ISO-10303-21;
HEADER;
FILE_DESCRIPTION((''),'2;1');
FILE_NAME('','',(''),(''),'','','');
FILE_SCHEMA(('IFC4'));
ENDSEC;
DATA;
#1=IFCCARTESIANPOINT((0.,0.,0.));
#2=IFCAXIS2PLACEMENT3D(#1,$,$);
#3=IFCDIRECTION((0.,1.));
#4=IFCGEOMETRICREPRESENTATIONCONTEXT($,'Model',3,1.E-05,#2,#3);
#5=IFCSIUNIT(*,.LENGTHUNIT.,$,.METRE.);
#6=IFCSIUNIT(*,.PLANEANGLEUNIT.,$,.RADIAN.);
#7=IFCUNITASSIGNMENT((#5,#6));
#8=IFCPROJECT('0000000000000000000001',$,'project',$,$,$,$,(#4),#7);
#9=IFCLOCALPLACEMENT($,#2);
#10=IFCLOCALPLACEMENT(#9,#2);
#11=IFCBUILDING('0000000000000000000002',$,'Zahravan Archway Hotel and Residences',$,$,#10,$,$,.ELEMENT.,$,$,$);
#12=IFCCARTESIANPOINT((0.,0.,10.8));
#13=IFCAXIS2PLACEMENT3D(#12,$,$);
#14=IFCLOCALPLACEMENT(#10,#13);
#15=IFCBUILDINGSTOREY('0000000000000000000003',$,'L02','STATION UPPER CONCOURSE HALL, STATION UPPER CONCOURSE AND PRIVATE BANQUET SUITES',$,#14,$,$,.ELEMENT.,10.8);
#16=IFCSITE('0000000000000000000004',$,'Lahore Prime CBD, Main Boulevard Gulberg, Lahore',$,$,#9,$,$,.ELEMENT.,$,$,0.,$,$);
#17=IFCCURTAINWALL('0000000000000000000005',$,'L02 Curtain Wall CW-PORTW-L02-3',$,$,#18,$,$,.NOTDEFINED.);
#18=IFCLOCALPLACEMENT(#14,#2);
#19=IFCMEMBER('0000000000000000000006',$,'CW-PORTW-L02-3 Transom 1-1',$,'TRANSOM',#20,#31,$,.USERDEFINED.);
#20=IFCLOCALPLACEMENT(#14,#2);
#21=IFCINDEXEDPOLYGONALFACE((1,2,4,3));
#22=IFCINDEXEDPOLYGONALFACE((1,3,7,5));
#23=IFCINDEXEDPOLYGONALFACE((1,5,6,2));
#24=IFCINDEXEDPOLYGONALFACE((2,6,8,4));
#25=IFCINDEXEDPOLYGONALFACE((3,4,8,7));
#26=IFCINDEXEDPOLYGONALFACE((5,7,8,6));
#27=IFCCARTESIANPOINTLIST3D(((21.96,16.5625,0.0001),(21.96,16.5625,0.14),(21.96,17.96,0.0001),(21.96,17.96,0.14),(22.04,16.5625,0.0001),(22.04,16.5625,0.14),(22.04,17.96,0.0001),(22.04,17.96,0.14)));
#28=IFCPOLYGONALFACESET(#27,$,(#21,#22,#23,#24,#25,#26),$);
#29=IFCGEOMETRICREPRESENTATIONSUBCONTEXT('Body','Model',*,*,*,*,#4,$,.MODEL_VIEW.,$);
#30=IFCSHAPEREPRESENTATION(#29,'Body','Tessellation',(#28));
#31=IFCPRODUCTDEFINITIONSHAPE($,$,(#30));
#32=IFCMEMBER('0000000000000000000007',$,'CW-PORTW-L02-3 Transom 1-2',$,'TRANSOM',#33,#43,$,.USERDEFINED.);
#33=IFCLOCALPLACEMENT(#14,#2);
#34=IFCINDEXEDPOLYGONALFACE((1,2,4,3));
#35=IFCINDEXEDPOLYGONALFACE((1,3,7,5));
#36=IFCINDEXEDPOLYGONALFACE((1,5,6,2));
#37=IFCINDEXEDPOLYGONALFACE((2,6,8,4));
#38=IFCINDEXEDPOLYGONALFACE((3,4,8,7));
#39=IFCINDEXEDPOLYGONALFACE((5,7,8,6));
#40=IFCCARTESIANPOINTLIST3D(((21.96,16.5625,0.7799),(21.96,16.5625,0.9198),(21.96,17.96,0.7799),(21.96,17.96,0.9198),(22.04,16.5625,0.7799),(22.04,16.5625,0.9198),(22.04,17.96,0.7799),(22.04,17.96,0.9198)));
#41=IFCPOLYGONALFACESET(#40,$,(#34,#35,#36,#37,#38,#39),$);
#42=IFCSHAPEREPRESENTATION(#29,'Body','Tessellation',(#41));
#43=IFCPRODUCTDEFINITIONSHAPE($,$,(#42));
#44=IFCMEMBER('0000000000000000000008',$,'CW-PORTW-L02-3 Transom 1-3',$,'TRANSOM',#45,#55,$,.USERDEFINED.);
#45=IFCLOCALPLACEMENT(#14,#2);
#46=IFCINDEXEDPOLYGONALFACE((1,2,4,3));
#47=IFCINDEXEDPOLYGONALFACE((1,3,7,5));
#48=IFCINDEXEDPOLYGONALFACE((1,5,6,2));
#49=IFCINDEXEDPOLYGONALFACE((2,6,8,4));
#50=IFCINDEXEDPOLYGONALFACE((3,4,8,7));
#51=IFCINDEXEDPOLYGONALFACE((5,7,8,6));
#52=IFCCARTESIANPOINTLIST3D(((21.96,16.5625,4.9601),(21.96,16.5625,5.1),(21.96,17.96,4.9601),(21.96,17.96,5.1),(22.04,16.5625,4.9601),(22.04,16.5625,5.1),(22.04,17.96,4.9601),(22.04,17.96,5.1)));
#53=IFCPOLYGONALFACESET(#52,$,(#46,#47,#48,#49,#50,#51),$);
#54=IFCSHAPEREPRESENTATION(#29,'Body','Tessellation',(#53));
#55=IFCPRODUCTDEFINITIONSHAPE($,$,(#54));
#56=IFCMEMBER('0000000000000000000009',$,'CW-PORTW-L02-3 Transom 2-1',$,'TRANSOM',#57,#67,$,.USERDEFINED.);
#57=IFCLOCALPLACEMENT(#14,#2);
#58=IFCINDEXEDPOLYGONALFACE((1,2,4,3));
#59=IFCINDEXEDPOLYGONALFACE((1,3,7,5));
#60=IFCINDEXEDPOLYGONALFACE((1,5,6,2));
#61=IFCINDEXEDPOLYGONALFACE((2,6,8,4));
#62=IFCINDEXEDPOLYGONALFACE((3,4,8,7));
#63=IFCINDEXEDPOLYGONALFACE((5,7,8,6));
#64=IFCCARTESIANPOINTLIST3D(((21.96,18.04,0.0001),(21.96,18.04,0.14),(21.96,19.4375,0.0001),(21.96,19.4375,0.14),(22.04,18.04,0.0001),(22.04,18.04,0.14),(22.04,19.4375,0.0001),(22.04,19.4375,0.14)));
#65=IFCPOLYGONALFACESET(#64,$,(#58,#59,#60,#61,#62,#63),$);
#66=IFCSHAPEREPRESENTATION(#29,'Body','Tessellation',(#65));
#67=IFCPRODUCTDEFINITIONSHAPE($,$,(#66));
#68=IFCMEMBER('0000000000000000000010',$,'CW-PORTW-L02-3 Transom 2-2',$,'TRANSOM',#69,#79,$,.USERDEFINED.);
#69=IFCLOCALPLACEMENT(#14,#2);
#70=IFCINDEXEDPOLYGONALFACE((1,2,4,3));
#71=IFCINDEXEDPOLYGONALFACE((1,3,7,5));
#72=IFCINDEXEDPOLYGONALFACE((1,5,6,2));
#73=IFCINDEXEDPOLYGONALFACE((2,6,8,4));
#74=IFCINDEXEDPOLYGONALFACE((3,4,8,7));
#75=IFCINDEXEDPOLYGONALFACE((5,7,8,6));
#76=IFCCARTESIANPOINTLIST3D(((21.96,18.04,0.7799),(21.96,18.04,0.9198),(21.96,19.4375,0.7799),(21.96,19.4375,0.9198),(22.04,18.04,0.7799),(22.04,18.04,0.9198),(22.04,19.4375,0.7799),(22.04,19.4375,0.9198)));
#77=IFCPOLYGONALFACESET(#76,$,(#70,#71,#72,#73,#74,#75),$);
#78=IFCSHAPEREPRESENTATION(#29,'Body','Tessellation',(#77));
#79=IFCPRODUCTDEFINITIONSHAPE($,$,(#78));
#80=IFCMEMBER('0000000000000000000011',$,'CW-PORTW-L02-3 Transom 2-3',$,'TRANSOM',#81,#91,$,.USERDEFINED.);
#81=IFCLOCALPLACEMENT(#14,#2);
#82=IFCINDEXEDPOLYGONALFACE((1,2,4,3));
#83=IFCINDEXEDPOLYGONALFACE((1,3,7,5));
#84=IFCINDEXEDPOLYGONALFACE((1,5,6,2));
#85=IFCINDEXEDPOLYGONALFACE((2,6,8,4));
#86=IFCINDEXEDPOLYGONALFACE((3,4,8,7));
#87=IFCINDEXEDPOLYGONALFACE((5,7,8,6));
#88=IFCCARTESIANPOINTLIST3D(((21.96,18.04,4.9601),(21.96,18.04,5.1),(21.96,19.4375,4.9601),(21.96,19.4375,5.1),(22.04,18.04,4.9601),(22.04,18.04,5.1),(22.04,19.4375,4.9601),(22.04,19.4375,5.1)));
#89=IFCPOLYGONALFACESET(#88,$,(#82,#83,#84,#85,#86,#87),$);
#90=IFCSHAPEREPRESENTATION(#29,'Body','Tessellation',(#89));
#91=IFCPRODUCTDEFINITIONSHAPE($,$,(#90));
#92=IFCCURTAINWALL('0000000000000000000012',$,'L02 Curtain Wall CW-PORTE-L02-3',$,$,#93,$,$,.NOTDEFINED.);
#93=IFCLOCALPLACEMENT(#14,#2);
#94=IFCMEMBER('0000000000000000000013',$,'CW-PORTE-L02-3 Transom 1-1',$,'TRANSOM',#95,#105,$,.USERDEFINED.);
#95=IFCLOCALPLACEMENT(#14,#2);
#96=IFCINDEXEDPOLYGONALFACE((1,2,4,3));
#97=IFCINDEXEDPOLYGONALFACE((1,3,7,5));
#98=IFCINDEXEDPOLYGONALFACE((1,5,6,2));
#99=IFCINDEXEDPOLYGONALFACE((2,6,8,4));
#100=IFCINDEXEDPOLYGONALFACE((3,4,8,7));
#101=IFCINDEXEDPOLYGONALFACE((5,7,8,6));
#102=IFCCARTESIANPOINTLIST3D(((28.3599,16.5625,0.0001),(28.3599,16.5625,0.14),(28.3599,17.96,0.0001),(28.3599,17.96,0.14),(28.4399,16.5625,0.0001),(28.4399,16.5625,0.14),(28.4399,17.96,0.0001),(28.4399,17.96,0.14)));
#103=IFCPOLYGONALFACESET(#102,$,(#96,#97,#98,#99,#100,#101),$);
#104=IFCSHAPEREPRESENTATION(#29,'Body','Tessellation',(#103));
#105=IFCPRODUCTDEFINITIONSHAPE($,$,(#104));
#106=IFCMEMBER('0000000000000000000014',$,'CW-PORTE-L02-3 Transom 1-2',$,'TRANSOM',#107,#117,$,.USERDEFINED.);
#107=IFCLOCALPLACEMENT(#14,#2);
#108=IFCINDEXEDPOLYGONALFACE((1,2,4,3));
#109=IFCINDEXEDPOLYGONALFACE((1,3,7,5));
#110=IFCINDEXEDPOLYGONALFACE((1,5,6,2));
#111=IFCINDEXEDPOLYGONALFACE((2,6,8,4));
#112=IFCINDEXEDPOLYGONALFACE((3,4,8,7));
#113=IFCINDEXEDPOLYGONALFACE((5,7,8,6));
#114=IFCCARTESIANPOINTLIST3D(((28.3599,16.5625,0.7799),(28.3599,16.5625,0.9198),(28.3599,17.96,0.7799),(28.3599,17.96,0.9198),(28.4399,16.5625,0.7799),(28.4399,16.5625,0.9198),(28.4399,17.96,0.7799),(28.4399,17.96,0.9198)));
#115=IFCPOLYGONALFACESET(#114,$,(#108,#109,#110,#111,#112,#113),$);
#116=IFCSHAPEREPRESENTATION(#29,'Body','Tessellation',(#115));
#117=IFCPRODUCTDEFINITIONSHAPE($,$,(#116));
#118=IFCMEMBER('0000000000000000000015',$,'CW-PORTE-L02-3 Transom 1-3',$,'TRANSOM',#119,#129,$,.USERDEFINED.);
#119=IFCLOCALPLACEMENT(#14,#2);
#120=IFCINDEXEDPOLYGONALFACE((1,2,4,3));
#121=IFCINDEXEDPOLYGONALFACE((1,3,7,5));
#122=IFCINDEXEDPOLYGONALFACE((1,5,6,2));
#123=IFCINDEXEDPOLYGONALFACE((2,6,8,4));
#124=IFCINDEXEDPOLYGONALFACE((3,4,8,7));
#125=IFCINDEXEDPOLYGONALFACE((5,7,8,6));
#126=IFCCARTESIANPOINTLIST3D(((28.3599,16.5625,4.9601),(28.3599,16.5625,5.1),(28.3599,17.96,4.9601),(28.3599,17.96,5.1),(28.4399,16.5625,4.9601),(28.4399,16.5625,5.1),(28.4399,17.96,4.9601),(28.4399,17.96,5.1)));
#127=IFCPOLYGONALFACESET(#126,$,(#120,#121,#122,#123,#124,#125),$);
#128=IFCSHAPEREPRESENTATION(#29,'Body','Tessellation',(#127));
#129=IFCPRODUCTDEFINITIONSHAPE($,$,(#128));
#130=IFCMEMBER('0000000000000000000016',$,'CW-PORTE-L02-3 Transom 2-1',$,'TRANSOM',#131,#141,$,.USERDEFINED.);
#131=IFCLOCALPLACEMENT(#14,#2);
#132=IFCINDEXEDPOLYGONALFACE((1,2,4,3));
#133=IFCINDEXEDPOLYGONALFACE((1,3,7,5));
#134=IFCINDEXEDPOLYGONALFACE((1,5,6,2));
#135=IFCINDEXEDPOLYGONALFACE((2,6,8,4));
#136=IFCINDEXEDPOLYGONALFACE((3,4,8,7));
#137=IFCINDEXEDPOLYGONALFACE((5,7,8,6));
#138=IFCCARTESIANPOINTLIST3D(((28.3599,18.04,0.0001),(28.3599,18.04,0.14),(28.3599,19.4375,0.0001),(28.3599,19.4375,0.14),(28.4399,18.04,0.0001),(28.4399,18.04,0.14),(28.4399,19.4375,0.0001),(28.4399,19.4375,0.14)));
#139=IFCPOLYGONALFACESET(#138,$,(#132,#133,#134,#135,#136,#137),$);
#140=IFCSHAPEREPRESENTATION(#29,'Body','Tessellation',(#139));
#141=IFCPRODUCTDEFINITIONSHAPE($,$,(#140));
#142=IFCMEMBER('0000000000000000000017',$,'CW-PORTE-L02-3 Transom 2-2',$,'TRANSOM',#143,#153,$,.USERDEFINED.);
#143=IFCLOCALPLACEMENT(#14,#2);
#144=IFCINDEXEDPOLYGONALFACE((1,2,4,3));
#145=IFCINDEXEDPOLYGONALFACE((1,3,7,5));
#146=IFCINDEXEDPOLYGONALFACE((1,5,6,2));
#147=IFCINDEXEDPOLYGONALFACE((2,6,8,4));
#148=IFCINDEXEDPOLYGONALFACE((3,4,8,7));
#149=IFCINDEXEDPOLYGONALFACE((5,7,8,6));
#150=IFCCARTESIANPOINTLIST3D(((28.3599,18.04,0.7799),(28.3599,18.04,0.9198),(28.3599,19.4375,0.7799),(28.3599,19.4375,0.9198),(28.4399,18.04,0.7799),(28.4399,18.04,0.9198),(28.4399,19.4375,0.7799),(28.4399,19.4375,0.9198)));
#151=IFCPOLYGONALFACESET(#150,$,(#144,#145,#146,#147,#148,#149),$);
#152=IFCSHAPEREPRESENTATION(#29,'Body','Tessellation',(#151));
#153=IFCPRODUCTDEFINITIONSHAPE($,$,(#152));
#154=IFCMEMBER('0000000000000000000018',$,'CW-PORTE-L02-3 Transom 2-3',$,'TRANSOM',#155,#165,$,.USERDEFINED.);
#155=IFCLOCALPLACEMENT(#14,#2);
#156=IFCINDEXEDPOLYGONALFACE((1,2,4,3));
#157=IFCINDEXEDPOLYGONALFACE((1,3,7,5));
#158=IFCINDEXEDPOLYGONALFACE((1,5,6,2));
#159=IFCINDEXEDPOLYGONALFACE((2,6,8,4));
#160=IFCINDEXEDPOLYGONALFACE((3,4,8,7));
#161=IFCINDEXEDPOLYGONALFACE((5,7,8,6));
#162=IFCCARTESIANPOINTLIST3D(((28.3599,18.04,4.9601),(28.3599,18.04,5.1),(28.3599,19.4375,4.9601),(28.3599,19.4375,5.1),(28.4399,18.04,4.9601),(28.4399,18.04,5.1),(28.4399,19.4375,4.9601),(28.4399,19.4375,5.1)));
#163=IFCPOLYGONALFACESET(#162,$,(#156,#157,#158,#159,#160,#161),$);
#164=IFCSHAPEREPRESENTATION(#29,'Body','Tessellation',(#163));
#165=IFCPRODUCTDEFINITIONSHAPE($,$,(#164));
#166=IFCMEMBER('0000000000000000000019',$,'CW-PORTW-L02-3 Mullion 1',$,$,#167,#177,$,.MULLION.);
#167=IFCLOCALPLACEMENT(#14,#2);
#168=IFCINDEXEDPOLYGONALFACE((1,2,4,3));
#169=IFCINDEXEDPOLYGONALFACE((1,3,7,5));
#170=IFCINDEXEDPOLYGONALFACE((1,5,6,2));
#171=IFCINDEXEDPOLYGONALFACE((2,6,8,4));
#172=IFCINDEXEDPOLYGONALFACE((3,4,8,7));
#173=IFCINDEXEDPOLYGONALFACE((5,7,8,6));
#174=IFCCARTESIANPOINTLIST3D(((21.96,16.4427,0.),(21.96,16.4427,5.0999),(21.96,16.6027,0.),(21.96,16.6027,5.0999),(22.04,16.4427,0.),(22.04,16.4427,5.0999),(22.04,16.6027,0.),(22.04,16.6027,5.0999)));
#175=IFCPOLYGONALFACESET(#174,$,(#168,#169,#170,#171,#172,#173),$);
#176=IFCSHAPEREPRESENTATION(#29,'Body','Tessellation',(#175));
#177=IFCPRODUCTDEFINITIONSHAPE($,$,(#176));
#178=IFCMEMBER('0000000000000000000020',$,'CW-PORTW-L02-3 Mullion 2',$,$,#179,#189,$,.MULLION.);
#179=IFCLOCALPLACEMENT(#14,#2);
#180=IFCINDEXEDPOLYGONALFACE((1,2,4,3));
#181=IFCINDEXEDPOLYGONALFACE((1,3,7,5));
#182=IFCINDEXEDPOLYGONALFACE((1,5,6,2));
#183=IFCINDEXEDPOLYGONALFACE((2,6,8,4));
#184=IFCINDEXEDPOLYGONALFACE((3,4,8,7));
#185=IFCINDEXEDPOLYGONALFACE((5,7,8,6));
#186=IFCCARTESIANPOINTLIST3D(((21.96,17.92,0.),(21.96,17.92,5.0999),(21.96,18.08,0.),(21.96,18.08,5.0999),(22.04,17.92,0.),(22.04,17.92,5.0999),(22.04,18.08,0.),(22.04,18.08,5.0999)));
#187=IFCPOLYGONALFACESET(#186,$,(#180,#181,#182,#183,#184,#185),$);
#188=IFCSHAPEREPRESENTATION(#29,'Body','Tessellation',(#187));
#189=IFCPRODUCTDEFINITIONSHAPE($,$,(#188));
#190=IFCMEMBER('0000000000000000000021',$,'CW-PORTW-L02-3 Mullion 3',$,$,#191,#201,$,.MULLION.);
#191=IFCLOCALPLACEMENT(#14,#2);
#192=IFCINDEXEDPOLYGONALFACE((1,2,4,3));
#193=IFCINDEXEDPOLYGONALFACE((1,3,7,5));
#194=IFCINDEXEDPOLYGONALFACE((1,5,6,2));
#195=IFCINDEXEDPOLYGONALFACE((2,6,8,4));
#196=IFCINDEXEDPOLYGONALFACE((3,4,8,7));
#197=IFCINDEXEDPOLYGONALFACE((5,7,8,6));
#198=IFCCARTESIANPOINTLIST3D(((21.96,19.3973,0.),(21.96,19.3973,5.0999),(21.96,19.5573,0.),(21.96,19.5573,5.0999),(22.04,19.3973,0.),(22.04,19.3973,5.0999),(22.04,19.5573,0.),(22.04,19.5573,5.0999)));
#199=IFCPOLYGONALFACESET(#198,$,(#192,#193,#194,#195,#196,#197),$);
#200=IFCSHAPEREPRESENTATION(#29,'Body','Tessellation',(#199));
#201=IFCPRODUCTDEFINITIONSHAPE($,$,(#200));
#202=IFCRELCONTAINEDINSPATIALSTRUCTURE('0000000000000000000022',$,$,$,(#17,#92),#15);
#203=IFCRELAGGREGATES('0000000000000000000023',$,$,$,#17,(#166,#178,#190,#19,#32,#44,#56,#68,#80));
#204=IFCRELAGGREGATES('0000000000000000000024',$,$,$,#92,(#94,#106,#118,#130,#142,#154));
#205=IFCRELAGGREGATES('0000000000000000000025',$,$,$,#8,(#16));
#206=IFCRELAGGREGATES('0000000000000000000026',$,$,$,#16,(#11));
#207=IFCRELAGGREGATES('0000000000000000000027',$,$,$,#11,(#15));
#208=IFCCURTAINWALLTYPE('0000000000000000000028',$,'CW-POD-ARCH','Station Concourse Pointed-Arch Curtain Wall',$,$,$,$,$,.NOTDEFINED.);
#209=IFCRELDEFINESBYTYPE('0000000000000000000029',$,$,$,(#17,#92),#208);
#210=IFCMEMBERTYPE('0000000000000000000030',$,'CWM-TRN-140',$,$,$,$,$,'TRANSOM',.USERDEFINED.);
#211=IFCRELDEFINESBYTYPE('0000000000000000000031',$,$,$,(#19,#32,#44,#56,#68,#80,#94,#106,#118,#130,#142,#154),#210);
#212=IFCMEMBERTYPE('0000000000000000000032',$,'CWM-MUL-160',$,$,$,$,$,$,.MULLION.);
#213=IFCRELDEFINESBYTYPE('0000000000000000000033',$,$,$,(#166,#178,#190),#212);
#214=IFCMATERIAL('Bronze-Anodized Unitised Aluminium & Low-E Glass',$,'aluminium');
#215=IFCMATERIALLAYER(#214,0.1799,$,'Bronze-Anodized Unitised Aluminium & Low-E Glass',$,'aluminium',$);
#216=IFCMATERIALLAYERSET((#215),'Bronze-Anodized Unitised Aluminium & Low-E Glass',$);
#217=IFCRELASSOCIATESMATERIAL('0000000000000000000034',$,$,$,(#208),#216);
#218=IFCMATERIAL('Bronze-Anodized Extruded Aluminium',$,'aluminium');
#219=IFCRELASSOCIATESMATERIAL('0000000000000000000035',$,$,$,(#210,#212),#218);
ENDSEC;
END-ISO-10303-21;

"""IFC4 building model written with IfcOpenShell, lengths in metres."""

from ifc_helpers import new_model, si_unit, direction, frame, origin, origin_2d, place, context, subcontext, project, spatial, rectangle, extrude, source, transform, mapped, material, layer, layer_set, material_profile, profile_set, type_object, element, aggregate, save


model = new_model("IFC4")

# Units and contexts
model_context = context("Model", 3, precision=1e-05, world=origin(), true_north=direction((0.0, 1.0)))
body_context = subcontext(model_context, "Body", "Model", "MODEL_VIEW")
ifc_project = project(units=[si_unit("LENGTHUNIT", "METRE"), si_unit("PLANEANGLEUNIT", "RADIAN")], contexts=[model_context])

# Site, building, storey
site_placement = place(None, origin())
site = spatial("IfcSite", under=ifc_project, at=site_placement, Name="Lahore Prime CBD, Main Boulevard Gulberg, Lahore", CompositionType="ELEMENT", RefElevation=0.0)
building_placement = place(site_placement, origin())
building = spatial("IfcBuilding", under=site, at=building_placement, Name="Zahravan Archway Hotel and Residences", CompositionType="ELEMENT")
storey_placement = place(building_placement, frame((0.0, 0.0, 10.8)))
storey = spatial("IfcBuildingStorey", under=building, at=storey_placement, Name="L02", Description="STATION UPPER CONCOURSE HALL, STATION UPPER CONCOURSE AND PRIVATE BANQUET SUITES", CompositionType="ELEMENT", Elevation=10.8)

# Curtain walls, members
ifc_material_1 = material(Name="Bronze-Anodized Unitised Aluminium & Low-E Glass", Category="aluminium")
ifc_layer_1 = layer(ifc_material_1, 0.1799, Name="Bronze-Anodized Unitised Aluminium & Low-E Glass", Category="aluminium")
ifc_layer_set_1 = layer_set([ifc_layer_1], Name="Bronze-Anodized Unitised Aluminium & Low-E Glass")
curtain_wall_type = type_object("IfcCurtainWallType", Name="CW-POD-ARCH", Description="Station Concourse Pointed-Arch Curtain Wall", PredefinedType="NOTDEFINED", material=ifc_layer_set_1)
curtain_wall_1_placement = place(storey_placement, origin())
curtain_wall_1 = element("IfcCurtainWall", 1, at=curtain_wall_1_placement, inside=storey, type_object=curtain_wall_type, Name="L02 Curtain Wall CW-PORTW-L02-3", PredefinedType="NOTDEFINED")
ifc_material_2 = material(Name="Bronze-Anodized Extruded Aluminium", Category="aluminium")
ifc_material_profile_1 = material_profile(ifc_material_2, rectangle(XDim=0.0801, YDim=0.1399, at=origin_2d()), Name="TRN 80x140", Category="aluminium")
ifc_profile_set_1 = profile_set([ifc_material_profile_1], Name="Bronze-Anodized Extruded Aluminium")
member_type_1 = type_object("IfcMemberType", Name="CWM-TRN-140", ElementType="TRANSOM", PredefinedType="USERDEFINED", material=ifc_profile_set_1)
shared_shape_1 = source(origin(), body_context, "Body", "SweptSolid", [
    extrude(rectangle(XDim=0.0801, YDim=0.1399, at=origin_2d()), origin(), (0.0, 0.0, 1.0), 1.3975),
])
member_1_placement = place(storey_placement, frame((22.0, 16.5625, 0.0701), z_axis=(0.0, 1.0, 0.0), x_axis=(-1.0, 0.0, 0.0)))
member_1 = element("IfcMember", 2, at=member_1_placement, type_object=member_type_1, Name="CW-PORTW-L02-3 Transom 1-1", ObjectType="TRANSOM", PredefinedType="USERDEFINED", context=body_context, shape_type="MappedRepresentation", body=[
    mapped(shared_shape_1, transform((0.0, 0.0, 0.0), scale=1.0)),
])
member_2_placement = place(storey_placement, frame((22.0, 16.5625, 0.8499), z_axis=(0.0, 1.0, 0.0), x_axis=(-1.0, 0.0, 0.0)))
member_2 = element("IfcMember", 3, at=member_2_placement, type_object=member_type_1, Name="CW-PORTW-L02-3 Transom 1-2", ObjectType="TRANSOM", PredefinedType="USERDEFINED", context=body_context, shape_type="MappedRepresentation", body=[
    mapped(shared_shape_1, transform((0.0, 0.0, 0.0), scale=1.0)),
])
member_3_placement = place(storey_placement, frame((22.0, 16.5625, 5.03), z_axis=(0.0, 1.0, 0.0), x_axis=(-1.0, 0.0, 0.0)))
member_3 = element("IfcMember", 4, at=member_3_placement, type_object=member_type_1, Name="CW-PORTW-L02-3 Transom 1-3", ObjectType="TRANSOM", PredefinedType="USERDEFINED", context=body_context, shape_type="MappedRepresentation", body=[
    mapped(shared_shape_1, transform((0.0, 0.0, 0.0), scale=1.0)),
])
member_4_placement = place(storey_placement, frame((22.0, 18.04, 0.0701), z_axis=(0.0, 1.0, 0.0), x_axis=(-1.0, 0.0, 0.0)))
member_4 = element("IfcMember", 5, at=member_4_placement, type_object=member_type_1, Name="CW-PORTW-L02-3 Transom 2-1", ObjectType="TRANSOM", PredefinedType="USERDEFINED", context=body_context, shape_type="MappedRepresentation", body=[
    mapped(shared_shape_1, transform((0.0, 0.0, 0.0), scale=1.0)),
])
member_5_placement = place(storey_placement, frame((22.0, 18.04, 0.8499), z_axis=(0.0, 1.0, 0.0), x_axis=(-1.0, 0.0, 0.0)))
member_5 = element("IfcMember", 6, at=member_5_placement, type_object=member_type_1, Name="CW-PORTW-L02-3 Transom 2-2", ObjectType="TRANSOM", PredefinedType="USERDEFINED", context=body_context, shape_type="MappedRepresentation", body=[
    mapped(shared_shape_1, transform((0.0, 0.0, 0.0), scale=1.0)),
])
member_6_placement = place(storey_placement, frame((22.0, 18.04, 5.03), z_axis=(0.0, 1.0, 0.0), x_axis=(-1.0, 0.0, 0.0)))
member_6 = element("IfcMember", 7, at=member_6_placement, type_object=member_type_1, Name="CW-PORTW-L02-3 Transom 2-3", ObjectType="TRANSOM", PredefinedType="USERDEFINED", context=body_context, shape_type="MappedRepresentation", body=[
    mapped(shared_shape_1, transform((0.0, 0.0, 0.0), scale=1.0)),
])
curtain_wall_2_placement = place(storey_placement, origin())
curtain_wall_2 = element("IfcCurtainWall", 8, at=curtain_wall_2_placement, inside=storey, type_object=curtain_wall_type, Name="L02 Curtain Wall CW-PORTE-L02-3", PredefinedType="NOTDEFINED")
member_7_placement = place(storey_placement, frame((28.3999, 16.5625, 0.0701), z_axis=(0.0, 1.0, 0.0), x_axis=(-1.0, 0.0, 0.0)))
member_7 = element("IfcMember", 9, at=member_7_placement, type_object=member_type_1, Name="CW-PORTE-L02-3 Transom 1-1", ObjectType="TRANSOM", PredefinedType="USERDEFINED", context=body_context, shape_type="MappedRepresentation", body=[
    mapped(shared_shape_1, transform((0.0, 0.0, 0.0), scale=1.0)),
])
member_8_placement = place(storey_placement, frame((28.3999, 16.5625, 0.8499), z_axis=(0.0, 1.0, 0.0), x_axis=(-1.0, 0.0, 0.0)))
member_8 = element("IfcMember", 10, at=member_8_placement, type_object=member_type_1, Name="CW-PORTE-L02-3 Transom 1-2", ObjectType="TRANSOM", PredefinedType="USERDEFINED", context=body_context, shape_type="MappedRepresentation", body=[
    mapped(shared_shape_1, transform((0.0, 0.0, 0.0), scale=1.0)),
])
member_9_placement = place(storey_placement, frame((28.3999, 16.5625, 5.03), z_axis=(0.0, 1.0, 0.0), x_axis=(-1.0, 0.0, 0.0)))
member_9 = element("IfcMember", 11, at=member_9_placement, type_object=member_type_1, Name="CW-PORTE-L02-3 Transom 1-3", ObjectType="TRANSOM", PredefinedType="USERDEFINED", context=body_context, shape_type="MappedRepresentation", body=[
    mapped(shared_shape_1, transform((0.0, 0.0, 0.0), scale=1.0)),
])
member_10_placement = place(storey_placement, frame((28.3999, 18.04, 0.0701), z_axis=(0.0, 1.0, 0.0), x_axis=(-1.0, 0.0, 0.0)))
member_10 = element("IfcMember", 12, at=member_10_placement, type_object=member_type_1, Name="CW-PORTE-L02-3 Transom 2-1", ObjectType="TRANSOM", PredefinedType="USERDEFINED", context=body_context, shape_type="MappedRepresentation", body=[
    mapped(shared_shape_1, transform((0.0, 0.0, 0.0), scale=1.0)),
])
member_11_placement = place(storey_placement, frame((28.3999, 18.04, 0.8499), z_axis=(0.0, 1.0, 0.0), x_axis=(-1.0, 0.0, 0.0)))
member_11 = element("IfcMember", 13, at=member_11_placement, type_object=member_type_1, Name="CW-PORTE-L02-3 Transom 2-2", ObjectType="TRANSOM", PredefinedType="USERDEFINED", context=body_context, shape_type="MappedRepresentation", body=[
    mapped(shared_shape_1, transform((0.0, 0.0, 0.0), scale=1.0)),
])
member_12_placement = place(storey_placement, frame((28.3999, 18.04, 5.03), z_axis=(0.0, 1.0, 0.0), x_axis=(-1.0, 0.0, 0.0)))
member_12 = element("IfcMember", 14, at=member_12_placement, type_object=member_type_1, Name="CW-PORTE-L02-3 Transom 2-3", ObjectType="TRANSOM", PredefinedType="USERDEFINED", context=body_context, shape_type="MappedRepresentation", body=[
    mapped(shared_shape_1, transform((0.0, 0.0, 0.0), scale=1.0)),
])

# Members
ifc_material_profile_2 = material_profile(ifc_material_2, rectangle(XDim=0.0801, YDim=0.1599, at=origin_2d()), Name="MUL 80x160", Category="aluminium")
ifc_profile_set_2 = profile_set([ifc_material_profile_2], Name="Bronze-Anodized Extruded Aluminium")
member_type_2 = type_object("IfcMemberType", Name="CWM-MUL-160", PredefinedType="MULLION", material=ifc_profile_set_2)
shared_shape_2 = source(origin(), body_context, "Body", "SweptSolid", [
    extrude(rectangle(XDim=0.0801, YDim=0.1599, at=origin_2d()), origin(), (0.0, 0.0, 1.0), 5.0999),
])
member_13_placement = place(storey_placement, frame((22.0, 16.5227, 0.0), z_axis=(0.0, 0.0, 1.0), x_axis=(1.0, 0.0, 0.0)))
member_13 = element("IfcMember", 15, at=member_13_placement, type_object=member_type_2, Name="CW-PORTW-L02-3 Mullion 1", PredefinedType="MULLION", context=body_context, shape_type="MappedRepresentation", body=[
    mapped(shared_shape_2, transform((0.0, 0.0, 0.0), scale=1.0)),
])
member_14_placement = place(storey_placement, frame((22.0, 18.0, 0.0), z_axis=(0.0, 0.0, 1.0), x_axis=(1.0, 0.0, 0.0)))
member_14 = element("IfcMember", 16, at=member_14_placement, type_object=member_type_2, Name="CW-PORTW-L02-3 Mullion 2", PredefinedType="MULLION", context=body_context, shape_type="MappedRepresentation", body=[
    mapped(shared_shape_2, transform((0.0, 0.0, 0.0), scale=1.0)),
])
member_15_placement = place(storey_placement, frame((22.0, 19.4773, 0.0), z_axis=(0.0, 0.0, 1.0), x_axis=(1.0, 0.0, 0.0)))
member_15 = element("IfcMember", 17, at=member_15_placement, type_object=member_type_2, Name="CW-PORTW-L02-3 Mullion 3", PredefinedType="MULLION", context=body_context, shape_type="MappedRepresentation", body=[
    mapped(shared_shape_2, transform((0.0, 0.0, 0.0), scale=1.0)),
])

aggregate(curtain_wall_1, [member_13, member_14, member_15, member_1, member_2, member_3, member_4, member_5, member_6])
aggregate(curtain_wall_2, [member_7, member_8, member_9, member_10, member_11, member_12])

save(model, "model.ifc")
